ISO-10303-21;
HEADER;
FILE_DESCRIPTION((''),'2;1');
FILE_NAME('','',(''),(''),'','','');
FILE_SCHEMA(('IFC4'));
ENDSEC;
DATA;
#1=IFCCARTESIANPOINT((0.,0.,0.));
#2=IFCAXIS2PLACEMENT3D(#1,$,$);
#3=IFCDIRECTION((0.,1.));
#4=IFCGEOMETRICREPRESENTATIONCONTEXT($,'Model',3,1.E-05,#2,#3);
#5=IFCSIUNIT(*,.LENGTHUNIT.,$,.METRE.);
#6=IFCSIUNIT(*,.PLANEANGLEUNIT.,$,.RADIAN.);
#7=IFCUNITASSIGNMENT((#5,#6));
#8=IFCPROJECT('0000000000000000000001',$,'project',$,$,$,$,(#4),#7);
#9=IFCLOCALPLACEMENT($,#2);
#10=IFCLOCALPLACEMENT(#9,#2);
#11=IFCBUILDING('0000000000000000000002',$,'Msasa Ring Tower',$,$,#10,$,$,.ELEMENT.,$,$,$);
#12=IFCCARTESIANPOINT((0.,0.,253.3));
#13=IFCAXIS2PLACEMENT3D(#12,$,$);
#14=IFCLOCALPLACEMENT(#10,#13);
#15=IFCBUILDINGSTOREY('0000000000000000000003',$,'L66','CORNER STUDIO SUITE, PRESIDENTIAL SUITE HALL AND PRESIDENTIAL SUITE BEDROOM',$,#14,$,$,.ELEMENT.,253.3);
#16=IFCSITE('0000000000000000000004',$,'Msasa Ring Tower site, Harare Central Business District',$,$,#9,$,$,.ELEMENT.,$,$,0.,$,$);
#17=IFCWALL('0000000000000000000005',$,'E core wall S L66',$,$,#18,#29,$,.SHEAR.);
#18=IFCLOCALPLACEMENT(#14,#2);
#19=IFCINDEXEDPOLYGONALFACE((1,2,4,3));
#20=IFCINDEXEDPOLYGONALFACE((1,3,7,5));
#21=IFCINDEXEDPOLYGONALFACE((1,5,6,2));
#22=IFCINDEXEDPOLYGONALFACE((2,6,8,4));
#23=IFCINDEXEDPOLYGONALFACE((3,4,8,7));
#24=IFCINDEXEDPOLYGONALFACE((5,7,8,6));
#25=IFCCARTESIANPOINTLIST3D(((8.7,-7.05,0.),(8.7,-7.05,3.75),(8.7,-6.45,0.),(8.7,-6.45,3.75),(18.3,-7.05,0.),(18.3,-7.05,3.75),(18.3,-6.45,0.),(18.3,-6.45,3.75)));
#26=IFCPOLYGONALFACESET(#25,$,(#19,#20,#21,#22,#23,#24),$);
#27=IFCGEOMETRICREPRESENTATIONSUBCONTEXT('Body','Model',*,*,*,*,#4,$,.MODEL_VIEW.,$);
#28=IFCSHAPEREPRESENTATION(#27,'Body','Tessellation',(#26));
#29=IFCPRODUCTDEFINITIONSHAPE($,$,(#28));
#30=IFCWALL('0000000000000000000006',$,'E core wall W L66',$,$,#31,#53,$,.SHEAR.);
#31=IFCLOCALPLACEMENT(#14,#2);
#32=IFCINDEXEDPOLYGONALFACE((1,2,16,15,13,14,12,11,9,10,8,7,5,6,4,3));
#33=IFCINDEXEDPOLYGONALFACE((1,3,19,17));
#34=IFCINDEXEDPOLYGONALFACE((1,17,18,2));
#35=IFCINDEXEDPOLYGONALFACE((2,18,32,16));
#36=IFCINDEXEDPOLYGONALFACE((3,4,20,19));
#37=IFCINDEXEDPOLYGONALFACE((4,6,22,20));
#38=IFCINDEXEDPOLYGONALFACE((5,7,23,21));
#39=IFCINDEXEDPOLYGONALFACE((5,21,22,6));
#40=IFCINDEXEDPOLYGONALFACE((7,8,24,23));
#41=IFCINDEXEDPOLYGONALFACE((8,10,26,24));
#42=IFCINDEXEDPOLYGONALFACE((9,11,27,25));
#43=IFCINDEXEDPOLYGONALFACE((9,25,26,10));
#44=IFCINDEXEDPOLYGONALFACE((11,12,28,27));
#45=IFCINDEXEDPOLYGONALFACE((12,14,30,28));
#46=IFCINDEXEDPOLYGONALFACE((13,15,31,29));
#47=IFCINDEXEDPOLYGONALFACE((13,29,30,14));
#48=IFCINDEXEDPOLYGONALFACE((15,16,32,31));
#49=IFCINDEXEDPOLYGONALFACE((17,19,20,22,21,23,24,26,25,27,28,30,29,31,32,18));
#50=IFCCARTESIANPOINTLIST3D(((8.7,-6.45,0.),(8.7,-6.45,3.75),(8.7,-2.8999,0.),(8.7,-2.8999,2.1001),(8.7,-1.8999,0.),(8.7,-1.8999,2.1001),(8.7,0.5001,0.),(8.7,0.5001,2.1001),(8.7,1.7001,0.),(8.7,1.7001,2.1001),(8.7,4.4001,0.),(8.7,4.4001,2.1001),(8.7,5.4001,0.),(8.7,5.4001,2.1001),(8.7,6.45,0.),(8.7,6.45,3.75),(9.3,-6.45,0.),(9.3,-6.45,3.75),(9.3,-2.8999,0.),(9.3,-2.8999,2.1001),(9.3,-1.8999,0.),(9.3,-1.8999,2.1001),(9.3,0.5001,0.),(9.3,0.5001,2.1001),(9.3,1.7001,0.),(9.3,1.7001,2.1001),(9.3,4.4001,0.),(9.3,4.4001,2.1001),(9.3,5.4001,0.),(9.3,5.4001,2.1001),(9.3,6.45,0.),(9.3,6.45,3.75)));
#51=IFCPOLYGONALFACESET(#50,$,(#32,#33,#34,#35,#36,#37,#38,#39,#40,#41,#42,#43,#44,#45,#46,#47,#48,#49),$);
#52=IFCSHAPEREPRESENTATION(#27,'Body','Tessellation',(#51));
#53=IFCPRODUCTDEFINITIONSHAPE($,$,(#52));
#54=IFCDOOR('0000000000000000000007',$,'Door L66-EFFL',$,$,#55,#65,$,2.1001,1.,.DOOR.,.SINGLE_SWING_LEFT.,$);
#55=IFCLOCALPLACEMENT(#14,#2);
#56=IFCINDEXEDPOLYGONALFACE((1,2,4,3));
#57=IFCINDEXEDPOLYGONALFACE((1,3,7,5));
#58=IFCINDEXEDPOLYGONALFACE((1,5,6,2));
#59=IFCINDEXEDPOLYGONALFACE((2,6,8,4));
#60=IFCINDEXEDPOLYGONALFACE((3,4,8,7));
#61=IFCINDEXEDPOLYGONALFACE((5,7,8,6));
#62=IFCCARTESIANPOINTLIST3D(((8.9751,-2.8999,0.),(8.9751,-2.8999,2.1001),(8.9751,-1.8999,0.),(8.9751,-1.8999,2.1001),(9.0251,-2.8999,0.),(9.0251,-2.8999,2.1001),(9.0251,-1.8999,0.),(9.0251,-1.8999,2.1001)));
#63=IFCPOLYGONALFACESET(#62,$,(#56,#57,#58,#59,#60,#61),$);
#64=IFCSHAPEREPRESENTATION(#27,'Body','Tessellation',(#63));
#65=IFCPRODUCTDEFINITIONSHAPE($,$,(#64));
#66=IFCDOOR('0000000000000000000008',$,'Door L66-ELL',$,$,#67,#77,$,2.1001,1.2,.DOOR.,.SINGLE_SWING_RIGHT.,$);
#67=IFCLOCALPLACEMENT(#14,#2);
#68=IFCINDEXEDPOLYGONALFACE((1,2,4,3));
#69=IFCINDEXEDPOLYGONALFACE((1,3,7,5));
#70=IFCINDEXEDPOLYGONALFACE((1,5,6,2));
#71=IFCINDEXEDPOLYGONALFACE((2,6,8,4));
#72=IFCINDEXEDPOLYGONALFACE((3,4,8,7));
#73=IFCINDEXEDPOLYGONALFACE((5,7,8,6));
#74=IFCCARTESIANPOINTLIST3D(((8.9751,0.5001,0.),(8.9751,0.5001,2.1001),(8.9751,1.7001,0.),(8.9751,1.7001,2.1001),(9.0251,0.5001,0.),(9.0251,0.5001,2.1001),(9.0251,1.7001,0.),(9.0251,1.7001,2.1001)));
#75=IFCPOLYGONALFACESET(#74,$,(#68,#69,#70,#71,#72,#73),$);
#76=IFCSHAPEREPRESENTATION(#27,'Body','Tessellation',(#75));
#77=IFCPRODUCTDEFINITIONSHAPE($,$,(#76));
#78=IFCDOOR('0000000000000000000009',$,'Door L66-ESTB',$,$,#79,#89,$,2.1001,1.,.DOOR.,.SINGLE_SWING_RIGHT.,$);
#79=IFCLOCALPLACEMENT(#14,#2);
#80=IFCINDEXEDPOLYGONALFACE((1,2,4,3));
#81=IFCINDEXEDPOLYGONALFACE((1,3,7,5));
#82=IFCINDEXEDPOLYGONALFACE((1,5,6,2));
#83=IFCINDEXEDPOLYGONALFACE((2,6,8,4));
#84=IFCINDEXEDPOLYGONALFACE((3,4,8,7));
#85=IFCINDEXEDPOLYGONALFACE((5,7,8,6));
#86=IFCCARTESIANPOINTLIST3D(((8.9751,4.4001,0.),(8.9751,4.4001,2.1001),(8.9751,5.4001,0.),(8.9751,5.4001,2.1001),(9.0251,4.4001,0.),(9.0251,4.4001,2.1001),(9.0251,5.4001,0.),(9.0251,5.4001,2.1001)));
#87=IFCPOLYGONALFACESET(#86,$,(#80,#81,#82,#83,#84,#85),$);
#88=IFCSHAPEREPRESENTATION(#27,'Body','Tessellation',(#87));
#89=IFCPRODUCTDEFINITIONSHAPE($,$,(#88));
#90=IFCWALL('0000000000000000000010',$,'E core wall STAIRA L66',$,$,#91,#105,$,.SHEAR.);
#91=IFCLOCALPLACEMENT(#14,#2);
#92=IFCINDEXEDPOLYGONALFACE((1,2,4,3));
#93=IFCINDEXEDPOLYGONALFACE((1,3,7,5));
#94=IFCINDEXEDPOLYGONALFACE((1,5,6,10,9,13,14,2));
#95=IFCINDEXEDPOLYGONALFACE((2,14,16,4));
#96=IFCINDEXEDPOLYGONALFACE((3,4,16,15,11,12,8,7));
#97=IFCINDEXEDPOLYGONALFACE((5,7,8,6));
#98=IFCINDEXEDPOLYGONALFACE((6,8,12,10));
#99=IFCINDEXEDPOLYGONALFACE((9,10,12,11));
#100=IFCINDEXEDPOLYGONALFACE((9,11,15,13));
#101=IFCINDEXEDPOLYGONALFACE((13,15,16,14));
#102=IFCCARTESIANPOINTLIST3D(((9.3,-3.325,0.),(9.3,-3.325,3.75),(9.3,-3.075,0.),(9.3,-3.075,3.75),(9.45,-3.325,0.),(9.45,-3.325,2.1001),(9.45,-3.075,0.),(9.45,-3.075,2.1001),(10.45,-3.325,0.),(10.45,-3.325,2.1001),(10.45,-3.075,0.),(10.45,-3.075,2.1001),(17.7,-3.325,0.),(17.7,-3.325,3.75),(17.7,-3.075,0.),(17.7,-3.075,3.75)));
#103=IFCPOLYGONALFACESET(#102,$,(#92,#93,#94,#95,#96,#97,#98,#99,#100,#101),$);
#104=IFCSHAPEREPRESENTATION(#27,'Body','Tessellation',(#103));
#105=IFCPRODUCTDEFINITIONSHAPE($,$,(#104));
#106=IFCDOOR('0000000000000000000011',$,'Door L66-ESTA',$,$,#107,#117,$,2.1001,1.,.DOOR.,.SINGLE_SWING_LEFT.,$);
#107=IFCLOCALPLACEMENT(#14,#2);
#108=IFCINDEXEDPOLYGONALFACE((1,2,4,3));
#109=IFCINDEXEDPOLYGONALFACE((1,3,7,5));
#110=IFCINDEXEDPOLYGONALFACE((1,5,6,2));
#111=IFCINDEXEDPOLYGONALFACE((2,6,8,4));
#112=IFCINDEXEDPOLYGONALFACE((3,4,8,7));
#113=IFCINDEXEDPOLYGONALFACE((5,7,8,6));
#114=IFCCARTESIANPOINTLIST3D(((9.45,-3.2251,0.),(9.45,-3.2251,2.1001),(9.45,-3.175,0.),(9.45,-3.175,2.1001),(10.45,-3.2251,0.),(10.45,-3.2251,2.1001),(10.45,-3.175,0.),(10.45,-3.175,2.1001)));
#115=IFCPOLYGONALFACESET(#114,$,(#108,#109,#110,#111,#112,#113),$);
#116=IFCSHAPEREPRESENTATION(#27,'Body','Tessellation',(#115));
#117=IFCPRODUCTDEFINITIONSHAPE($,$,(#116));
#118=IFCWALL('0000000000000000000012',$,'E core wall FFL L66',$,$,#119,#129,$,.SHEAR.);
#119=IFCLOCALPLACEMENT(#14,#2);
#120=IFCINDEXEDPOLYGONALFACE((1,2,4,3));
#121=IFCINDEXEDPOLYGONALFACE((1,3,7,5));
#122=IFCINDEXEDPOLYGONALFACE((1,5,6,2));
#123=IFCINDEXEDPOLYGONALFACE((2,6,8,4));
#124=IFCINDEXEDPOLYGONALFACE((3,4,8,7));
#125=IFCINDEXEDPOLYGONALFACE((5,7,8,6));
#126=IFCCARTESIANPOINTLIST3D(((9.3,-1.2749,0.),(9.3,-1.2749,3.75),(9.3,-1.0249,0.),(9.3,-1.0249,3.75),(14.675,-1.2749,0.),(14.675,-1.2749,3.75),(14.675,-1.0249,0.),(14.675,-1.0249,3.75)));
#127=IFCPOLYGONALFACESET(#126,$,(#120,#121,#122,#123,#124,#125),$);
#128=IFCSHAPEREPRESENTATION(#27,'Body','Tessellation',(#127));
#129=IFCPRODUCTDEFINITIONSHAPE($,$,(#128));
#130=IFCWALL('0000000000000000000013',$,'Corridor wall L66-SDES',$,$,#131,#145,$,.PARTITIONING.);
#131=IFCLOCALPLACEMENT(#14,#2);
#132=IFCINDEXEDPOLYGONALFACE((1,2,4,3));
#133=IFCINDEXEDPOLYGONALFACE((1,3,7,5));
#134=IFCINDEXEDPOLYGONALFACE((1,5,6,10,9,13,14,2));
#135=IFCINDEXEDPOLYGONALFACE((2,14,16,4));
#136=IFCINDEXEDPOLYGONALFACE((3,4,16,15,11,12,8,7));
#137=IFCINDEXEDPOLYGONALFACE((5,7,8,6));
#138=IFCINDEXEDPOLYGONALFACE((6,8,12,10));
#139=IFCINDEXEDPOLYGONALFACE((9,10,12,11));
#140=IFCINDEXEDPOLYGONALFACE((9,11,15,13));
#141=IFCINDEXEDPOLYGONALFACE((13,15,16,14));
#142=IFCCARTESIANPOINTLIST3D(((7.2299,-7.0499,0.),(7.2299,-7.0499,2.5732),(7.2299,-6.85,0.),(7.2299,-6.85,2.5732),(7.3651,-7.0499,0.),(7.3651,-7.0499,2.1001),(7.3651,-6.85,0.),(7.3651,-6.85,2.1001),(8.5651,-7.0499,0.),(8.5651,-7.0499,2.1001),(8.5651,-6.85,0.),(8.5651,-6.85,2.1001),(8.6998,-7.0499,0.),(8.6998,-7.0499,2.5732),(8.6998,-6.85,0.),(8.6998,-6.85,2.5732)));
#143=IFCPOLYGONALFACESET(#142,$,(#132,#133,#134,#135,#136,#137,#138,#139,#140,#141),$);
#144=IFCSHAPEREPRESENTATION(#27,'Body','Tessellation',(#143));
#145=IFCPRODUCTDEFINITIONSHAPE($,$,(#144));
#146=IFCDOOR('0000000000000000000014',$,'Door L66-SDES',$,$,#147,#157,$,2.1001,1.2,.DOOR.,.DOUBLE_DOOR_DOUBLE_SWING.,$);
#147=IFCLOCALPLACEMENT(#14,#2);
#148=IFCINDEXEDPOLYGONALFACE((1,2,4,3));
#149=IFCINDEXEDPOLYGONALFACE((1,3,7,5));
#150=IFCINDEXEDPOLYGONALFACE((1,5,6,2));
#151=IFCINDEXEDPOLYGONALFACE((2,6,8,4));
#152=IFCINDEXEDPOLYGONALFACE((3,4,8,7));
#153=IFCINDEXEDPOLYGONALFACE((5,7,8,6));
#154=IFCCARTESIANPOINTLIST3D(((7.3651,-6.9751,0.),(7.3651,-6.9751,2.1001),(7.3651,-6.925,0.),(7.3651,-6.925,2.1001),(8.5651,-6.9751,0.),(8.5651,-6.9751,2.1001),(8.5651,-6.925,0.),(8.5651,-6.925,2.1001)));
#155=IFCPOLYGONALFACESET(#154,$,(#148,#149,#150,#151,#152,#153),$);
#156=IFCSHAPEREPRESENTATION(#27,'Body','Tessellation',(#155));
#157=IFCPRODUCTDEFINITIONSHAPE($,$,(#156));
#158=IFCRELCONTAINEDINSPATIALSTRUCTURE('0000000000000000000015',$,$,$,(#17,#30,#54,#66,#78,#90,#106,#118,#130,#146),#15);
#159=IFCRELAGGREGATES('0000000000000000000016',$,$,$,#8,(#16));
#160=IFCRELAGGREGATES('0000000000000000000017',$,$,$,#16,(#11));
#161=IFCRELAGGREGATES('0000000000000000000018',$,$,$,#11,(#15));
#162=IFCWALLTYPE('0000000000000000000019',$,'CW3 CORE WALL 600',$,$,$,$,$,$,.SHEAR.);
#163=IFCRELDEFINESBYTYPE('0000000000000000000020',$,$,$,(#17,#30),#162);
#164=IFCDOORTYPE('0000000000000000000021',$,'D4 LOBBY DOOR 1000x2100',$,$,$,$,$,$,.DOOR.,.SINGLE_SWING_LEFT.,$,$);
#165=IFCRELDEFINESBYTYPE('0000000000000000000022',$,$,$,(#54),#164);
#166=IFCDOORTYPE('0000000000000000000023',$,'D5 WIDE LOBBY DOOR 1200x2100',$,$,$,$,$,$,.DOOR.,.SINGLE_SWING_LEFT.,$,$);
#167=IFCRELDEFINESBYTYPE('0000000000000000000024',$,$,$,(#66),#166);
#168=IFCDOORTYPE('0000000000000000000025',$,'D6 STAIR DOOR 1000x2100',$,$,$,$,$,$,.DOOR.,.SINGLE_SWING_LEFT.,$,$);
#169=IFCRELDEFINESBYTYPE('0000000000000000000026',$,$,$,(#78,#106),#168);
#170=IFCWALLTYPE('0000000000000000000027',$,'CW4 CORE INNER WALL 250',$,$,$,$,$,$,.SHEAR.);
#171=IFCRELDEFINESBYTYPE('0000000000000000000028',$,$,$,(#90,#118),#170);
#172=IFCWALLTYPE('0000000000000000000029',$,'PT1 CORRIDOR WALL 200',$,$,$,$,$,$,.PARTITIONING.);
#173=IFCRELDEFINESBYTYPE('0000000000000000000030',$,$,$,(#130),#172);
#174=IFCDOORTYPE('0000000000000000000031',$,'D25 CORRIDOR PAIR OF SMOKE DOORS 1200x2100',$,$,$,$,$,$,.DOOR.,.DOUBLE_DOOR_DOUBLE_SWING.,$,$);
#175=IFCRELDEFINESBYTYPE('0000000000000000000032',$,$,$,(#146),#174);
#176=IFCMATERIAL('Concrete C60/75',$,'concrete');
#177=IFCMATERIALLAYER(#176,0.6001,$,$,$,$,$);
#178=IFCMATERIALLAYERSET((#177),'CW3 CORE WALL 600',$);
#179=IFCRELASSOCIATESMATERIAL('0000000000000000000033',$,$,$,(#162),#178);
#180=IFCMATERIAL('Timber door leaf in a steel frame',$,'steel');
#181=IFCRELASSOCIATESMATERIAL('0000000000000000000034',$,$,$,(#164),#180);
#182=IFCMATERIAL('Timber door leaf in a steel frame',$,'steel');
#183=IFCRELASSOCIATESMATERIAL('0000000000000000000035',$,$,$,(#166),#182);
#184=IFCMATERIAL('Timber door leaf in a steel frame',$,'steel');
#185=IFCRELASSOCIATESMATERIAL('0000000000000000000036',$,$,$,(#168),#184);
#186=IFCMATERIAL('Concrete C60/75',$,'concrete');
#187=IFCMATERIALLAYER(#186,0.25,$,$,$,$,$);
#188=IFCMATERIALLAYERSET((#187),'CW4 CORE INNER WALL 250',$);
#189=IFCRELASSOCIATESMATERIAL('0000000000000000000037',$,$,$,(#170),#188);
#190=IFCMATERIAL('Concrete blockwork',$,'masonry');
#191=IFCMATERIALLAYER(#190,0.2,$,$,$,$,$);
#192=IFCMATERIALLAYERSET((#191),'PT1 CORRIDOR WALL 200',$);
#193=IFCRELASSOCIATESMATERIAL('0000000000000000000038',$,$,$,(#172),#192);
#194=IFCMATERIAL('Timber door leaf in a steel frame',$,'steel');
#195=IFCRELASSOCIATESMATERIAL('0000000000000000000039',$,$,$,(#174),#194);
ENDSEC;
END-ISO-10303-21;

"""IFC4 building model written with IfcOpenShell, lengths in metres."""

from ifc_helpers import new_model, si_unit, direction, frame, frame_2d, origin, place, context, subcontext, project, spatial, rectangle, extrude, material, layer, layer_set, type_object, element, fill, save


model = new_model("IFC4")

# Units and contexts
model_context = context("Model", 3, precision=1e-05, world=origin(), true_north=direction((0.0, 1.0)))
body_context = subcontext(model_context, "Body", "Model", "MODEL_VIEW")
ifc_project = project(units=[si_unit("LENGTHUNIT", "METRE"), si_unit("PLANEANGLEUNIT", "RADIAN")], contexts=[model_context])

# Site, building, storey
site_placement = place(None, origin())
site = spatial("IfcSite", under=ifc_project, at=site_placement, Name="Msasa Ring Tower site, Harare Central Business District", CompositionType="ELEMENT", RefElevation=0.0)
building_placement = place(site_placement, origin())
building = spatial("IfcBuilding", under=site, at=building_placement, Name="Msasa Ring Tower", CompositionType="ELEMENT")
storey_placement = place(building_placement, frame((0.0, 0.0, 253.3)))
storey = spatial("IfcBuildingStorey", under=building, at=storey_placement, Name="L66", Description="CORNER STUDIO SUITE, PRESIDENTIAL SUITE HALL AND PRESIDENTIAL SUITE BEDROOM", CompositionType="ELEMENT", Elevation=253.3)

# Wall
ifc_material_1 = material(Name="Concrete C60/75", Category="concrete")
ifc_layer_1 = layer(ifc_material_1, 0.6001)
ifc_layer_set_1 = layer_set([ifc_layer_1], Name="CW3 CORE WALL 600")
wall_type_1 = type_object("IfcWallType", Name="CW3 CORE WALL 600", PredefinedType="SHEAR", material=ifc_layer_set_1)
wall_1_placement = place(storey_placement, frame((8.7, -6.75, 0.0), z_axis=(0.0, 0.0, 1.0), x_axis=(1.0, 0.0, 0.0)))
element("IfcWall", 1, at=wall_1_placement, inside=storey, type_object=wall_type_1, Name="E core wall S L66", PredefinedType="SHEAR", context=body_context, shape_type="SweptSolid", body=[
    extrude(rectangle(XDim=9.6001, YDim=0.6001, at=frame_2d((4.8, 0.0))), origin(), (0.0, 0.0, 1.0), 3.75),
])

# Wall, openings, doors
wall_2_placement = place(storey_placement, frame((9.0, -6.45, 0.0), z_axis=(0.0, 0.0, 1.0), x_axis=(0.0, 1.0, 0.0)))
wall_2 = element("IfcWall", 2, at=wall_2_placement, inside=storey, type_object=wall_type_1, Name="E core wall W L66", PredefinedType="SHEAR", context=body_context, shape_type="SweptSolid", body=[
    extrude(rectangle(XDim=12.8999, YDim=0.6001, at=frame_2d((6.45, 0.0))), origin(), (0.0, 0.0, 1.0), 3.75),
])
opening_1_placement = place(wall_2_placement, frame((3.55, 0.0, 0.0)))
opening_1 = element("IfcOpeningElement", 3, at=opening_1_placement, cuts=wall_2, PredefinedType="OPENING", context=body_context, shape_type="SweptSolid", body=[
    extrude(rectangle(XDim=1.0, YDim=2.1001, at=frame_2d((0.5, 1.05))), frame((0.0, 0.3101, 0.0), z_axis=(0.0, -1.0, 0.0), x_axis=(1.0, 0.0, 0.0)), (0.0, 0.0, 1.0), 0.6201),
])
opening_2_placement = place(wall_2_placement, frame((6.95, 0.0, 0.0)))
opening_2 = element("IfcOpeningElement", 4, at=opening_2_placement, cuts=wall_2, PredefinedType="OPENING", context=body_context, shape_type="SweptSolid", body=[
    extrude(rectangle(XDim=1.2, YDim=2.1001, at=frame_2d((0.6001, 1.05))), frame((0.0, 0.3101, 0.0), z_axis=(0.0, -1.0, 0.0), x_axis=(1.0, 0.0, 0.0)), (0.0, 0.0, 1.0), 0.6201),
])
opening_3_placement = place(wall_2_placement, frame((10.8501, 0.0, 0.0)))
opening_3 = element("IfcOpeningElement", 5, at=opening_3_placement, cuts=wall_2, PredefinedType="OPENING", context=body_context, shape_type="SweptSolid", body=[
    extrude(rectangle(XDim=1.0, YDim=2.1001, at=frame_2d((0.5, 1.05))), frame((0.0, 0.3101, 0.0), z_axis=(0.0, -1.0, 0.0), x_axis=(1.0, 0.0, 0.0)), (0.0, 0.0, 1.0), 0.6201),
])
ifc_material_2 = material(Name="Timber door leaf in a steel frame", Category="steel")
door_type_1 = type_object("IfcDoorType", Name="D4 LOBBY DOOR 1000x2100", OperationType="SINGLE_SWING_LEFT", PredefinedType="DOOR", material=ifc_material_2)
door_1_placement = place(opening_1_placement, origin())
door_1 = element("IfcDoor", 6, at=door_1_placement, inside=storey, type_object=door_type_1, Name="Door L66-EFFL", OperationType="SINGLE_SWING_LEFT", OverallHeight=2.1001, OverallWidth=1.0, PredefinedType="DOOR", context=body_context, shape_type="SweptSolid", body=[
    extrude(rectangle(XDim=1.0, YDim=2.1001, at=frame_2d((0.5, 1.05))), frame((0.0, 0.0249, 0.0), z_axis=(0.0, -1.0, 0.0), x_axis=(1.0, 0.0, 0.0)), (0.0, 0.0, 1.0), 0.05),
])
fill(opening_1, door_1)
ifc_material_3 = material(Name="Timber door leaf in a steel frame", Category="steel")
door_type_2 = type_object("IfcDoorType", Name="D5 WIDE LOBBY DOOR 1200x2100", OperationType="SINGLE_SWING_LEFT", PredefinedType="DOOR", material=ifc_material_3)
door_2_placement = place(opening_2_placement, origin())
door_2 = element("IfcDoor", 7, at=door_2_placement, inside=storey, type_object=door_type_2, Name="Door L66-ELL", OperationType="SINGLE_SWING_RIGHT", OverallHeight=2.1001, OverallWidth=1.2, PredefinedType="DOOR", context=body_context, shape_type="SweptSolid", body=[
    extrude(rectangle(XDim=1.2, YDim=2.1001, at=frame_2d((0.6001, 1.05))), frame((0.0, 0.0249, 0.0), z_axis=(0.0, -1.0, 0.0), x_axis=(1.0, 0.0, 0.0)), (0.0, 0.0, 1.0), 0.05),
])
fill(opening_2, door_2)
ifc_material_4 = material(Name="Timber door leaf in a steel frame", Category="steel")
door_type_3 = type_object("IfcDoorType", Name="D6 STAIR DOOR 1000x2100", OperationType="SINGLE_SWING_LEFT", PredefinedType="DOOR", material=ifc_material_4)
door_3_placement = place(opening_3_placement, origin())
door_3 = element("IfcDoor", 8, at=door_3_placement, inside=storey, type_object=door_type_3, Name="Door L66-ESTB", OperationType="SINGLE_SWING_RIGHT", OverallHeight=2.1001, OverallWidth=1.0, PredefinedType="DOOR", context=body_context, shape_type="SweptSolid", body=[
    extrude(rectangle(XDim=1.0, YDim=2.1001, at=frame_2d((0.5, 1.05))), frame((0.0, 0.0249, 0.0), z_axis=(0.0, -1.0, 0.0), x_axis=(1.0, 0.0, 0.0)), (0.0, 0.0, 1.0), 0.05),
])
fill(opening_3, door_3)

# Wall, opening, door
ifc_material_5 = material(Name="Concrete C60/75", Category="concrete")
ifc_layer_2 = layer(ifc_material_5, 0.25)
ifc_layer_set_2 = layer_set([ifc_layer_2], Name="CW4 CORE INNER WALL 250")
wall_type_2 = type_object("IfcWallType", Name="CW4 CORE INNER WALL 250", PredefinedType="SHEAR", material=ifc_layer_set_2)
wall_3_placement = place(storey_placement, frame((9.3, -3.2, 0.0), z_axis=(0.0, 0.0, 1.0), x_axis=(1.0, 0.0, 0.0)))
wall_3 = element("IfcWall", 9, at=wall_3_placement, inside=storey, type_object=wall_type_2, Name="E core wall STAIRA L66", PredefinedType="SHEAR", context=body_context, shape_type="SweptSolid", body=[
    extrude(rectangle(XDim=8.3999, YDim=0.25, at=frame_2d((4.2, 0.0))), origin(), (0.0, 0.0, 1.0), 3.75),
])
opening_4_placement = place(wall_3_placement, frame((0.1499, 0.0, 0.0)))
opening_4 = element("IfcOpeningElement", 10, at=opening_4_placement, cuts=wall_3, PredefinedType="OPENING", context=body_context, shape_type="SweptSolid", body=[
    extrude(rectangle(XDim=1.0, YDim=2.1001, at=frame_2d((0.5, 1.05))), frame((0.0, 0.135, 0.0), z_axis=(0.0, -1.0, 0.0), x_axis=(1.0, 0.0, 0.0)), (0.0, 0.0, 1.0), 0.27),
])
door_4_placement = place(opening_4_placement, origin())
door_4 = element("IfcDoor", 11, at=door_4_placement, inside=storey, type_object=door_type_3, Name="Door L66-ESTA", OperationType="SINGLE_SWING_LEFT", OverallHeight=2.1001, OverallWidth=1.0, PredefinedType="DOOR", context=body_context, shape_type="SweptSolid", body=[
    extrude(rectangle(XDim=1.0, YDim=2.1001, at=frame_2d((0.5, 1.05))), frame((0.0, 0.0249, 0.0), z_axis=(0.0, -1.0, 0.0), x_axis=(1.0, 0.0, 0.0)), (0.0, 0.0, 1.0), 0.05),
])
fill(opening_4, door_4)

# Wall
wall_4_placement = place(storey_placement, frame((9.3, -1.1499, 0.0), z_axis=(0.0, 0.0, 1.0), x_axis=(1.0, 0.0, 0.0)))
element("IfcWall", 12, at=wall_4_placement, inside=storey, type_object=wall_type_2, Name="E core wall FFL L66", PredefinedType="SHEAR", context=body_context, shape_type="SweptSolid", body=[
    extrude(rectangle(XDim=5.375, YDim=0.25, at=frame_2d((2.6875, 0.0))), origin(), (0.0, 0.0, 1.0), 3.75),
])

# Wall, opening, door
ifc_material_6 = material(Name="Concrete blockwork", Category="masonry")
ifc_layer_3 = layer(ifc_material_6, 0.2)
ifc_layer_set_3 = layer_set([ifc_layer_3], Name="PT1 CORRIDOR WALL 200")
wall_type_3 = type_object("IfcWallType", Name="PT1 CORRIDOR WALL 200", PredefinedType="PARTITIONING", material=ifc_layer_set_3)
wall_5_placement = place(storey_placement, frame((7.23, -6.95, 0.0), z_axis=(0.0, 0.0, 1.0), x_axis=(1.0, 0.0, 0.0)))
wall_5 = element("IfcWall", 13, at=wall_5_placement, inside=storey, type_object=wall_type_3, Name="Corridor wall L66-SDES", PredefinedType="PARTITIONING", context=body_context, shape_type="SweptSolid", body=[
    extrude(rectangle(XDim=1.47, YDim=0.2, at=frame_2d((0.7349, 0.0))), origin(), (0.0, 0.0, 1.0), 2.5732),
])
opening_5_placement = place(wall_5_placement, frame((0.135, 0.0, 0.0)))
opening_5 = element("IfcOpeningElement", 14, at=opening_5_placement, cuts=wall_5, PredefinedType="OPENING", context=body_context, shape_type="SweptSolid", body=[
    extrude(rectangle(XDim=1.2, YDim=2.1001, at=frame_2d((0.6001, 1.05))), frame((0.0, 0.1099, 0.0), z_axis=(0.0, -1.0, 0.0), x_axis=(1.0, 0.0, 0.0)), (0.0, 0.0, 1.0), 0.22),
])
ifc_material_7 = material(Name="Timber door leaf in a steel frame", Category="steel")
door_type_4 = type_object("IfcDoorType", Name="D25 CORRIDOR PAIR OF SMOKE DOORS 1200x2100", OperationType="DOUBLE_DOOR_DOUBLE_SWING", PredefinedType="DOOR", material=ifc_material_7)
door_5_placement = place(opening_5_placement, origin())
door_5 = element("IfcDoor", 15, at=door_5_placement, inside=storey, type_object=door_type_4, Name="Door L66-SDES", OperationType="DOUBLE_DOOR_DOUBLE_SWING", OverallHeight=2.1001, OverallWidth=1.2, PredefinedType="DOOR", context=body_context, shape_type="SweptSolid", body=[
    extrude(rectangle(XDim=1.2, YDim=2.1001, at=frame_2d((0.6001, 1.05))), frame((0.0, 0.0249, 0.0), z_axis=(0.0, -1.0, 0.0), x_axis=(1.0, 0.0, 0.0)), (0.0, 0.0, 1.0), 0.05),
])
fill(opening_5, door_5)

save(model, "model.ifc")
